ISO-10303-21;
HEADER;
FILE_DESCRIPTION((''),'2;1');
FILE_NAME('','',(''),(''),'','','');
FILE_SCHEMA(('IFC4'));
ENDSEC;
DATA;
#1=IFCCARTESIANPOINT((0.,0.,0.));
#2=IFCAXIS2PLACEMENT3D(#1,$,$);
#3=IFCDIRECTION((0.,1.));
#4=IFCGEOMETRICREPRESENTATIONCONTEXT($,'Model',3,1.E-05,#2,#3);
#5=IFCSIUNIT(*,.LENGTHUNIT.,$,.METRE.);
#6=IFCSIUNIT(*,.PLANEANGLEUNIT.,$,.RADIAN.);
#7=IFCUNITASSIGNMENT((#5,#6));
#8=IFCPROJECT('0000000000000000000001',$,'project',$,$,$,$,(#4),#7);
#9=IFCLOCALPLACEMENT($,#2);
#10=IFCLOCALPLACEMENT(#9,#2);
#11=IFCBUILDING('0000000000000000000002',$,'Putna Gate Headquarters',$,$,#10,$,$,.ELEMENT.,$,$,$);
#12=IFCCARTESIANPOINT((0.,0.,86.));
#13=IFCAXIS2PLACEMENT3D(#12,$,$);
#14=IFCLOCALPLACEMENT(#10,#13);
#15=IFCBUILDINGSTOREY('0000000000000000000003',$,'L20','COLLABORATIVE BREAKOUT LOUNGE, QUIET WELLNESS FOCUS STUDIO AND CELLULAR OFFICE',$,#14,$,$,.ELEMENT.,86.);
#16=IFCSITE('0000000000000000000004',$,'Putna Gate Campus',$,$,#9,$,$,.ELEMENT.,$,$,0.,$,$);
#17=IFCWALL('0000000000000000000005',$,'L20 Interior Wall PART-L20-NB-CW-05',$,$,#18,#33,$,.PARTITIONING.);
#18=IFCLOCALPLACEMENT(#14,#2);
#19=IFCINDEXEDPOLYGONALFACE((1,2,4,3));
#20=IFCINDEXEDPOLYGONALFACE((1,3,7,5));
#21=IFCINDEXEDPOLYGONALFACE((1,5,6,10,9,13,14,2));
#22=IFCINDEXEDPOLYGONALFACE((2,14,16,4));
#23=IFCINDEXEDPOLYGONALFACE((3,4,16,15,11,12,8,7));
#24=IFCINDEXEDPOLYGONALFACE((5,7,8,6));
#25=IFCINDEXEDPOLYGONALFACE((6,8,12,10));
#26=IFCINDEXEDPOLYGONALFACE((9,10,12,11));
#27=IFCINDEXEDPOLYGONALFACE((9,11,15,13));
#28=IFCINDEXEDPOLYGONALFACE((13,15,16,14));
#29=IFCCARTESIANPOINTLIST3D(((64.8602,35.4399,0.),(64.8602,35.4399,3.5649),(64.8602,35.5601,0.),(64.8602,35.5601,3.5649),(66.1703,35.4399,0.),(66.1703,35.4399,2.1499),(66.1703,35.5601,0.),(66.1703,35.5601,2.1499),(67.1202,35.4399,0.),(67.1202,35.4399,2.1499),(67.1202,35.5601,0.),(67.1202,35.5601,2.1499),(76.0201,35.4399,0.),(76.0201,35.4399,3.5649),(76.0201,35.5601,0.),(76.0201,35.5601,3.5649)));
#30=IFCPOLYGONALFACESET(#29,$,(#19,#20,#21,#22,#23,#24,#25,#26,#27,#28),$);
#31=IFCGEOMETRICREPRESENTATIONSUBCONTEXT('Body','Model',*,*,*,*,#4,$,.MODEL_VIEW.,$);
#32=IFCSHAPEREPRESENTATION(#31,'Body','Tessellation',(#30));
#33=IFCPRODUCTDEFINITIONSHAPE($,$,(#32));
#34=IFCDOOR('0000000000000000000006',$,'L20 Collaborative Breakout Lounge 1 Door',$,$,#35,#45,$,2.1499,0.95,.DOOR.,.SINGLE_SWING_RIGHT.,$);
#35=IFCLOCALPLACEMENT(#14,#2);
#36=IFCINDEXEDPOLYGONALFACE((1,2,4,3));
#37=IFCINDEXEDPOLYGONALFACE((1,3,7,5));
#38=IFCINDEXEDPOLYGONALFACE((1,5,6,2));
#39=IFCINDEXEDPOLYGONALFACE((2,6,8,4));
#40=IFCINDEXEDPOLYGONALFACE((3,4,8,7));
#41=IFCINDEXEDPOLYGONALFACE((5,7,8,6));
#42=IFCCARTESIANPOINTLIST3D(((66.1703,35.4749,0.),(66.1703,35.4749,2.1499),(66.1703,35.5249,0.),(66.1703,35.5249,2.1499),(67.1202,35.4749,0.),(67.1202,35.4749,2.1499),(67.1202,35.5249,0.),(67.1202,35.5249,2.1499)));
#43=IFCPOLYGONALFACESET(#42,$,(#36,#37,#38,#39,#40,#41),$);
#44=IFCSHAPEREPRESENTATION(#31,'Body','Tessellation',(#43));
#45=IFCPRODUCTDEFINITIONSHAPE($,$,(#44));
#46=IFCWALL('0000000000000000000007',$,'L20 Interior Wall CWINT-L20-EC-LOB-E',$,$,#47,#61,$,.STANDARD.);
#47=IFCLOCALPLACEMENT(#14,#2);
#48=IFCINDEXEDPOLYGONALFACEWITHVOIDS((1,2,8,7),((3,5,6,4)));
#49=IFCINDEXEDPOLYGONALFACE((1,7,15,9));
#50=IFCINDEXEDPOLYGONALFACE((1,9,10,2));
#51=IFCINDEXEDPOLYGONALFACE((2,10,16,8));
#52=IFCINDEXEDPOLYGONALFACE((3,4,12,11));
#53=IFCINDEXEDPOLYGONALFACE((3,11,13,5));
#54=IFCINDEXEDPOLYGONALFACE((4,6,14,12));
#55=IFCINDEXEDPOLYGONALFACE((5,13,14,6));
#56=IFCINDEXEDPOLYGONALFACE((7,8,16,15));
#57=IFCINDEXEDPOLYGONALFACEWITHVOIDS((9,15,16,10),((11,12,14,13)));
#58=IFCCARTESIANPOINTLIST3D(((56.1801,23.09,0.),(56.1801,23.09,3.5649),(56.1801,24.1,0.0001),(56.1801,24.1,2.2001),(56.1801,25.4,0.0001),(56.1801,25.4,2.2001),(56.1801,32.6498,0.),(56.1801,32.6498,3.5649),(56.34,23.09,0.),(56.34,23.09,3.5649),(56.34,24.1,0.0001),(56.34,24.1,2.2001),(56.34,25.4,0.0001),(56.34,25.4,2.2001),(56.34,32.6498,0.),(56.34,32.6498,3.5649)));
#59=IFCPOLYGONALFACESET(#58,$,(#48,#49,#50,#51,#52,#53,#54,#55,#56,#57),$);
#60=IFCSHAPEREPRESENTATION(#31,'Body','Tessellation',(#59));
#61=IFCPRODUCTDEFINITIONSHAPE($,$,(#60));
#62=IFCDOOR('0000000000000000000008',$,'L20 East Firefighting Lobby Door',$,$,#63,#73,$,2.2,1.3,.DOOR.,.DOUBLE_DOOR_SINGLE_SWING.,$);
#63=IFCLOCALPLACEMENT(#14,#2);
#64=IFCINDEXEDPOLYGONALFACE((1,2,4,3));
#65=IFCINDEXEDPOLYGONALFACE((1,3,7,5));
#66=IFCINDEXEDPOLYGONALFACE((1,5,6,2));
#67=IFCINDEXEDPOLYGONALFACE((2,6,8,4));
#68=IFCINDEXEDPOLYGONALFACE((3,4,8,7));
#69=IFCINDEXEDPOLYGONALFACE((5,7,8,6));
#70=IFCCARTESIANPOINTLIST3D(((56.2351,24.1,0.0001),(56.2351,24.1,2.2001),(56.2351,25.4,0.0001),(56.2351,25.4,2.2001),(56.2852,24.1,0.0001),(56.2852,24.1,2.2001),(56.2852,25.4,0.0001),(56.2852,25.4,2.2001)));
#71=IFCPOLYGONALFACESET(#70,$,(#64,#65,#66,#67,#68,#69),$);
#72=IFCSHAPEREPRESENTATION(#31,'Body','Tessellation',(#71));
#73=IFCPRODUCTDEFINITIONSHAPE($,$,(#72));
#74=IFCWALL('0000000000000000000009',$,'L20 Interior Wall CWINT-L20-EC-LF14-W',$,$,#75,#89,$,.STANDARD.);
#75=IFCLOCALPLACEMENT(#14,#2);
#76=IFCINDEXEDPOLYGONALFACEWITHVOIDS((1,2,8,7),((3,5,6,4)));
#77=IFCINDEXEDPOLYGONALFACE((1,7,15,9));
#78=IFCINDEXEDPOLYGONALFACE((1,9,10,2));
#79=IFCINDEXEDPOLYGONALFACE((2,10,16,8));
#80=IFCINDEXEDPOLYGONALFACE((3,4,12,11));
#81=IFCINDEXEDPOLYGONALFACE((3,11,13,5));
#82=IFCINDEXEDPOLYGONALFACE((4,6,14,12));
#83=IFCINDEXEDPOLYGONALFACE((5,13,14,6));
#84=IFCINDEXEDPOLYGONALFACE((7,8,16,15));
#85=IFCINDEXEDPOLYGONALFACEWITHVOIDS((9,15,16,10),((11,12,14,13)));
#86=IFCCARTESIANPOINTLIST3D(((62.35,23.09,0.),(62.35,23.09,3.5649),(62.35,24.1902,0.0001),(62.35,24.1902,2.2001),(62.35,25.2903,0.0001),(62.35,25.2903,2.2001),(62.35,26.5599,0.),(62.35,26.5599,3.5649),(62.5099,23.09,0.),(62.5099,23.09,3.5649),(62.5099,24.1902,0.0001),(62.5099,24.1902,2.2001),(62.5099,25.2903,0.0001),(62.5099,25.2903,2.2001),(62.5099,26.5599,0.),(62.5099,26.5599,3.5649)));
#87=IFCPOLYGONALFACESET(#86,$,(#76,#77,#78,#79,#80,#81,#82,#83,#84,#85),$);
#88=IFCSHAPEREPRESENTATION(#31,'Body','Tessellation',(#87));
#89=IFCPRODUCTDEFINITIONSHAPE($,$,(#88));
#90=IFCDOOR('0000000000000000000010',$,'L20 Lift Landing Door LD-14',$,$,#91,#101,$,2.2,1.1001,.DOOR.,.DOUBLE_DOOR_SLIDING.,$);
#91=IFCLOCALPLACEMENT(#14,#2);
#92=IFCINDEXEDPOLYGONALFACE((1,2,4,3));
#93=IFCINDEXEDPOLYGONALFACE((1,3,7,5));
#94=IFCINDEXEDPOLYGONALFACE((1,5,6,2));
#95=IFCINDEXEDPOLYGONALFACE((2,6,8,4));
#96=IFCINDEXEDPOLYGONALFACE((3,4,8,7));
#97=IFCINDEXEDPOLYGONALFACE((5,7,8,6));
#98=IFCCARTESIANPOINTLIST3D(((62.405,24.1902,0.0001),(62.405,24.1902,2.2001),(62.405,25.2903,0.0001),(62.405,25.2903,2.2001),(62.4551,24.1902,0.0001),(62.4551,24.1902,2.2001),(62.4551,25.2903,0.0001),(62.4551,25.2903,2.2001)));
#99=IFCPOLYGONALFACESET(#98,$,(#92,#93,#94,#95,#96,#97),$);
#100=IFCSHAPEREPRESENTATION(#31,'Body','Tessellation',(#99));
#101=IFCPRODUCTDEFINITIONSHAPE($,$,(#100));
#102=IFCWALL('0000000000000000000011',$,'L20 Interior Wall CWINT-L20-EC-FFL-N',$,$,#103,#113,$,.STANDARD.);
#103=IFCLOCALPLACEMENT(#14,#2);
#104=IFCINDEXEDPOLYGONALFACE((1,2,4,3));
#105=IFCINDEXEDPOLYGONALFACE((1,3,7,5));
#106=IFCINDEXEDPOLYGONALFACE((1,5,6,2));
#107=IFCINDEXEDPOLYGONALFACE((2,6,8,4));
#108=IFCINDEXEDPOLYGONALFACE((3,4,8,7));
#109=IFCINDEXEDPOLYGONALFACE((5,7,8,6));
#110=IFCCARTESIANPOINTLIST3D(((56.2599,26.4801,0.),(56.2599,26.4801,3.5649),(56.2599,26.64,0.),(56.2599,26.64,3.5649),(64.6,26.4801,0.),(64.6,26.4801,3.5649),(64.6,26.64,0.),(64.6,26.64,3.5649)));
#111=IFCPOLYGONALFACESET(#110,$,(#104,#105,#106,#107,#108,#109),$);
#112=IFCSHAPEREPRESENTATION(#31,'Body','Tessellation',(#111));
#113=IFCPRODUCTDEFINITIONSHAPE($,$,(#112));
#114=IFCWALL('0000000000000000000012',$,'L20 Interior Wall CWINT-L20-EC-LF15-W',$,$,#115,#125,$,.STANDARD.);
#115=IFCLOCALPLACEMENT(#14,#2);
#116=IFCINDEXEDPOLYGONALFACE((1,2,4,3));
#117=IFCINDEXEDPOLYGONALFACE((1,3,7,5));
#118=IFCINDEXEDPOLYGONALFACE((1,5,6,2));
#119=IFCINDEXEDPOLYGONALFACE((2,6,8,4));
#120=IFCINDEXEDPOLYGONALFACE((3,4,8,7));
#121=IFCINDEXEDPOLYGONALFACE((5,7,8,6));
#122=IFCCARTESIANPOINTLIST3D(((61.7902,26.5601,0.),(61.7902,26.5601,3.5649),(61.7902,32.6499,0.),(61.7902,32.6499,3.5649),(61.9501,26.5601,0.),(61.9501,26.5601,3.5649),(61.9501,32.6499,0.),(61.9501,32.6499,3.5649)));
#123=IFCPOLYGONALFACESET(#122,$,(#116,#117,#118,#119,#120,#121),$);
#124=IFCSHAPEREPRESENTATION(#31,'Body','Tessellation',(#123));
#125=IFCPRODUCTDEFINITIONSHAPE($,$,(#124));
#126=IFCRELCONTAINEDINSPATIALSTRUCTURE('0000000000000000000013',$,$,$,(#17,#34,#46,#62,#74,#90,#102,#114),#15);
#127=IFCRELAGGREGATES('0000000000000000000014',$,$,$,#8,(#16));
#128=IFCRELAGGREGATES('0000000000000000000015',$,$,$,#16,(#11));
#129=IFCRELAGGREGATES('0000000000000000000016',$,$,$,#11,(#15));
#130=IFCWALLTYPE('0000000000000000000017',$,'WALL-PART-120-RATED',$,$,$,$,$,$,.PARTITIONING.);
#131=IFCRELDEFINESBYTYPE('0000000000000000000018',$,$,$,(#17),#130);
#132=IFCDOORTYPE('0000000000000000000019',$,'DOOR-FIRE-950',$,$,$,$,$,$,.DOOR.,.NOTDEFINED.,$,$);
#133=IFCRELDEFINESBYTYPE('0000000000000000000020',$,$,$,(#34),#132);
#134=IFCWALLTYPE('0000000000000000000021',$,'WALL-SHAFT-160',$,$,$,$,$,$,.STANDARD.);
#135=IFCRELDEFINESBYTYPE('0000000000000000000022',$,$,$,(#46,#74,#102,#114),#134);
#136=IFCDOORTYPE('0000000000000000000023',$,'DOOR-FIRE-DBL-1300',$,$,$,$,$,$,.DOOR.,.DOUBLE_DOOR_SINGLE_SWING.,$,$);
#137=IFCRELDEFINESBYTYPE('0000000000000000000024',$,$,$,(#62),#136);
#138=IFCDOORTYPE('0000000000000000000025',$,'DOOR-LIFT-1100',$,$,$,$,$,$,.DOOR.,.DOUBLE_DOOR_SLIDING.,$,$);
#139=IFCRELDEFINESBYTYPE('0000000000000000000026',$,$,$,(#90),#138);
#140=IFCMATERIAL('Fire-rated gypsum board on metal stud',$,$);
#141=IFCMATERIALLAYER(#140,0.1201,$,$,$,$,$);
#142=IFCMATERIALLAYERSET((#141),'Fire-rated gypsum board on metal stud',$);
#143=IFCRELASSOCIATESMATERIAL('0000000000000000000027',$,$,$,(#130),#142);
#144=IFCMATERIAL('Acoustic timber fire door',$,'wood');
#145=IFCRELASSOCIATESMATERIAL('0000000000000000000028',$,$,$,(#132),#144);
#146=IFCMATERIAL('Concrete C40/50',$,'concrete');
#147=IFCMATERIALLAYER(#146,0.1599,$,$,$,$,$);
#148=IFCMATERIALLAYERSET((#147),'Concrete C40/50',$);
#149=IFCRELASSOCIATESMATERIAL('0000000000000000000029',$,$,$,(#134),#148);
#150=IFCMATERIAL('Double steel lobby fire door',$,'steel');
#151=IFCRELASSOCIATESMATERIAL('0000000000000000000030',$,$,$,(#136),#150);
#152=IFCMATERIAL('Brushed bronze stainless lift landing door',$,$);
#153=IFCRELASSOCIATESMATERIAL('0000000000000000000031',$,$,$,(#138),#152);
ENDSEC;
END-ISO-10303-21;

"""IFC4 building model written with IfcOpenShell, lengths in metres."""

from ifc_helpers import new_model, si_unit, direction, frame, frame_2d, origin, place, context, subcontext, project, spatial, rectangle, extrude, material, layer, layer_set, type_object, element, fill, save


model = new_model("IFC4")

# Units and contexts
model_context = context("Model", 3, precision=1e-05, world=origin(), true_north=direction((0.0, 1.0)))
body_context = subcontext(model_context, "Body", "Model", "MODEL_VIEW")
ifc_project = project(units=[si_unit("LENGTHUNIT", "METRE"), si_unit("PLANEANGLEUNIT", "RADIAN")], contexts=[model_context])

# Site, building, storey
site_placement = place(None, origin())
site = spatial("IfcSite", under=ifc_project, at=site_placement, Name="Putna Gate Campus", CompositionType="ELEMENT", RefElevation=0.0)
building_placement = place(site_placement, origin())
building = spatial("IfcBuilding", under=site, at=building_placement, Name="Putna Gate Headquarters", CompositionType="ELEMENT")
storey_placement = place(building_placement, frame((0.0, 0.0, 86.0)))
storey = spatial("IfcBuildingStorey", under=building, at=storey_placement, Name="L20", Description="COLLABORATIVE BREAKOUT LOUNGE, QUIET WELLNESS FOCUS STUDIO AND CELLULAR OFFICE", CompositionType="ELEMENT", Elevation=86.0)

# Shared definitions
ifc_material_1 = material(Name="Fire-rated gypsum board on metal stud")
ifc_layer_1 = layer(ifc_material_1, 0.1201)
ifc_layer_set_1 = layer_set([ifc_layer_1], Name="Fire-rated gypsum board on metal stud")
wall_type_1 = type_object("IfcWallType", Name="WALL-PART-120-RATED", PredefinedType="PARTITIONING", material=ifc_layer_set_1)

# Walls, openings, doors
wall_1_placement = place(storey_placement, frame((64.8601, 35.5, 0.0), z_axis=(0.0, 0.0, 1.0), x_axis=(1.0, 0.0, 0.0)))
wall_1 = element("IfcWall", 1, at=wall_1_placement, inside=storey, type_object=wall_type_1, Name="L20 Interior Wall PART-L20-NB-CW-05", PredefinedType="PARTITIONING", context=body_context, shape_type="SweptSolid", body=[
    extrude(rectangle(XDim=11.1599, YDim=0.1201, at=frame_2d((5.5801, 0.0))), origin(), (0.0, 0.0, 1.0), 3.5649),
])
opening_1_placement = place(wall_1_placement, frame((1.3101, 0.0, 0.0)))
opening_1 = element("IfcOpeningElement", 2, at=opening_1_placement, cuts=wall_1, PredefinedType="OPENING", context=body_context, shape_type="SweptSolid", body=[
    extrude(rectangle(XDim=0.95, YDim=2.1499, at=frame_2d((0.4751, 1.075))), frame((0.0, 0.0701, 0.0), z_axis=(0.0, -1.0, 0.0), x_axis=(1.0, 0.0, 0.0)), (0.0, 0.0, 1.0), 0.1401),
])
ifc_material_2 = material(Name="Acoustic timber fire door", Category="wood")
door_type_1 = type_object("IfcDoorType", Name="DOOR-FIRE-950", OperationType="NOTDEFINED", PredefinedType="DOOR", material=ifc_material_2)
door_1_placement = place(opening_1_placement, origin())
door_1 = element("IfcDoor", 3, at=door_1_placement, inside=storey, type_object=door_type_1, Name="L20 Collaborative Breakout Lounge 1 Door", OperationType="SINGLE_SWING_RIGHT", OverallHeight=2.1499, OverallWidth=0.95, PredefinedType="DOOR", context=body_context, shape_type="SweptSolid", body=[
    extrude(rectangle(XDim=0.95, YDim=2.1499, at=frame_2d((0.4751, 1.075))), frame((0.0, 0.0249, 0.0), z_axis=(0.0, -1.0, 0.0), x_axis=(1.0, 0.0, 0.0)), (0.0, 0.0, 1.0), 0.05),
])
fill(opening_1, door_1)
ifc_material_3 = material(Name="Concrete C40/50", Category="concrete")
ifc_layer_2 = layer(ifc_material_3, 0.1599)
ifc_layer_set_2 = layer_set([ifc_layer_2], Name="Concrete C40/50")
wall_type_2 = type_object("IfcWallType", Name="WALL-SHAFT-160", PredefinedType="STANDARD", material=ifc_layer_set_2)
wall_2_placement = place(storey_placement, frame((56.26, 23.0901, 0.0), z_axis=(0.0, 0.0, 1.0), x_axis=(0.0, 1.0, 0.0)))
wall_2 = element("IfcWall", 4, at=wall_2_placement, inside=storey, type_object=wall_type_2, Name="L20 Interior Wall CWINT-L20-EC-LOB-E", PredefinedType="STANDARD", context=body_context, shape_type="SweptSolid", body=[
    extrude(rectangle(XDim=9.5598, YDim=0.1599, at=frame_2d((4.7798, 0.0))), origin(), (0.0, 0.0, 1.0), 3.5649),
])
opening_2_placement = place(wall_2_placement, frame((1.01, 0.0, 0.0)))
opening_2 = element("IfcOpeningElement", 5, at=opening_2_placement, cuts=wall_2, PredefinedType="OPENING", context=body_context, shape_type="SweptSolid", body=[
    extrude(rectangle(XDim=1.3, YDim=2.2, at=frame_2d((0.6499, 1.1001))), frame((0.0, 0.0898, 0.0), z_axis=(0.0, -1.0, 0.0), x_axis=(1.0, 0.0, 0.0)), (0.0, 0.0, 1.0), 0.1799),
])
ifc_material_4 = material(Name="Double steel lobby fire door", Category="steel")
door_type_2 = type_object("IfcDoorType", Name="DOOR-FIRE-DBL-1300", OperationType="DOUBLE_DOOR_SINGLE_SWING", PredefinedType="DOOR", material=ifc_material_4)
door_2_placement = place(opening_2_placement, origin())
door_2 = element("IfcDoor", 6, at=door_2_placement, inside=storey, type_object=door_type_2, Name="L20 East Firefighting Lobby Door", OperationType="DOUBLE_DOOR_SINGLE_SWING", OverallHeight=2.2, OverallWidth=1.3, PredefinedType="DOOR", context=body_context, shape_type="SweptSolid", body=[
    extrude(rectangle(XDim=1.3, YDim=2.2, at=frame_2d((0.6499, 1.1001))), frame((0.0, 0.0249, 0.0), z_axis=(0.0, -1.0, 0.0), x_axis=(1.0, 0.0, 0.0)), (0.0, 0.0, 1.0), 0.05),
])
fill(opening_2, door_2)
wall_3_placement = place(storey_placement, frame((62.4299, 23.0901, 0.0), z_axis=(0.0, 0.0, 1.0), x_axis=(0.0, 1.0, 0.0)))
wall_3 = element("IfcWall", 7, at=wall_3_placement, inside=storey, type_object=wall_type_2, Name="L20 Interior Wall CWINT-L20-EC-LF14-W", PredefinedType="STANDARD", context=body_context, shape_type="SweptSolid", body=[
    extrude(rectangle(XDim=3.47, YDim=0.1599, at=frame_2d((1.7349, 0.0))), origin(), (0.0, 0.0, 1.0), 3.5649),
])
opening_3_placement = place(wall_3_placement, frame((1.1001, 0.0, 0.0)))
opening_3 = element("IfcOpeningElement", 8, at=opening_3_placement, cuts=wall_3, PredefinedType="OPENING", context=body_context, shape_type="SweptSolid", body=[
    extrude(rectangle(XDim=1.1001, YDim=2.2, at=frame_2d((0.55, 1.1001))), frame((0.0, 0.0898, 0.0), z_axis=(0.0, -1.0, 0.0), x_axis=(1.0, 0.0, 0.0)), (0.0, 0.0, 1.0), 0.1799),
])
ifc_material_5 = material(Name="Brushed bronze stainless lift landing door")
door_type_3 = type_object("IfcDoorType", Name="DOOR-LIFT-1100", OperationType="DOUBLE_DOOR_SLIDING", PredefinedType="DOOR", material=ifc_material_5)
door_3_placement = place(opening_3_placement, origin())
door_3 = element("IfcDoor", 9, at=door_3_placement, inside=storey, type_object=door_type_3, Name="L20 Lift Landing Door LD-14", OperationType="DOUBLE_DOOR_SLIDING", OverallHeight=2.2, OverallWidth=1.1001, PredefinedType="DOOR", context=body_context, shape_type="SweptSolid", body=[
    extrude(rectangle(XDim=1.1001, YDim=2.2, at=frame_2d((0.55, 1.1001))), frame((0.0, 0.0249, 0.0), z_axis=(0.0, -1.0, 0.0), x_axis=(1.0, 0.0, 0.0)), (0.0, 0.0, 1.0), 0.05),
])
fill(opening_3, door_3)

# Walls
wall_4_placement = place(storey_placement, frame((56.26, 26.5601, 0.0), z_axis=(0.0, 0.0, 1.0), x_axis=(1.0, 0.0, 0.0)))
element("IfcWall", 10, at=wall_4_placement, inside=storey, type_object=wall_type_2, Name="L20 Interior Wall CWINT-L20-EC-FFL-N", PredefinedType="STANDARD", context=body_context, shape_type="SweptSolid", body=[
    extrude(rectangle(XDim=8.3401, YDim=0.1599, at=frame_2d((4.1699, 0.0))), origin(), (0.0, 0.0, 1.0), 3.5649),
])
wall_5_placement = place(storey_placement, frame((61.8701, 26.5601, 0.0), z_axis=(0.0, 0.0, 1.0), x_axis=(0.0, 1.0, 0.0)))
element("IfcWall", 11, at=wall_5_placement, inside=storey, type_object=wall_type_2, Name="L20 Interior Wall CWINT-L20-EC-LF15-W", PredefinedType="STANDARD", context=body_context, shape_type="SweptSolid", body=[
    extrude(rectangle(XDim=6.0898, YDim=0.1599, at=frame_2d((3.0449, 0.0))), origin(), (0.0, 0.0, 1.0), 3.5649),
])

save(model, "model.ifc")
